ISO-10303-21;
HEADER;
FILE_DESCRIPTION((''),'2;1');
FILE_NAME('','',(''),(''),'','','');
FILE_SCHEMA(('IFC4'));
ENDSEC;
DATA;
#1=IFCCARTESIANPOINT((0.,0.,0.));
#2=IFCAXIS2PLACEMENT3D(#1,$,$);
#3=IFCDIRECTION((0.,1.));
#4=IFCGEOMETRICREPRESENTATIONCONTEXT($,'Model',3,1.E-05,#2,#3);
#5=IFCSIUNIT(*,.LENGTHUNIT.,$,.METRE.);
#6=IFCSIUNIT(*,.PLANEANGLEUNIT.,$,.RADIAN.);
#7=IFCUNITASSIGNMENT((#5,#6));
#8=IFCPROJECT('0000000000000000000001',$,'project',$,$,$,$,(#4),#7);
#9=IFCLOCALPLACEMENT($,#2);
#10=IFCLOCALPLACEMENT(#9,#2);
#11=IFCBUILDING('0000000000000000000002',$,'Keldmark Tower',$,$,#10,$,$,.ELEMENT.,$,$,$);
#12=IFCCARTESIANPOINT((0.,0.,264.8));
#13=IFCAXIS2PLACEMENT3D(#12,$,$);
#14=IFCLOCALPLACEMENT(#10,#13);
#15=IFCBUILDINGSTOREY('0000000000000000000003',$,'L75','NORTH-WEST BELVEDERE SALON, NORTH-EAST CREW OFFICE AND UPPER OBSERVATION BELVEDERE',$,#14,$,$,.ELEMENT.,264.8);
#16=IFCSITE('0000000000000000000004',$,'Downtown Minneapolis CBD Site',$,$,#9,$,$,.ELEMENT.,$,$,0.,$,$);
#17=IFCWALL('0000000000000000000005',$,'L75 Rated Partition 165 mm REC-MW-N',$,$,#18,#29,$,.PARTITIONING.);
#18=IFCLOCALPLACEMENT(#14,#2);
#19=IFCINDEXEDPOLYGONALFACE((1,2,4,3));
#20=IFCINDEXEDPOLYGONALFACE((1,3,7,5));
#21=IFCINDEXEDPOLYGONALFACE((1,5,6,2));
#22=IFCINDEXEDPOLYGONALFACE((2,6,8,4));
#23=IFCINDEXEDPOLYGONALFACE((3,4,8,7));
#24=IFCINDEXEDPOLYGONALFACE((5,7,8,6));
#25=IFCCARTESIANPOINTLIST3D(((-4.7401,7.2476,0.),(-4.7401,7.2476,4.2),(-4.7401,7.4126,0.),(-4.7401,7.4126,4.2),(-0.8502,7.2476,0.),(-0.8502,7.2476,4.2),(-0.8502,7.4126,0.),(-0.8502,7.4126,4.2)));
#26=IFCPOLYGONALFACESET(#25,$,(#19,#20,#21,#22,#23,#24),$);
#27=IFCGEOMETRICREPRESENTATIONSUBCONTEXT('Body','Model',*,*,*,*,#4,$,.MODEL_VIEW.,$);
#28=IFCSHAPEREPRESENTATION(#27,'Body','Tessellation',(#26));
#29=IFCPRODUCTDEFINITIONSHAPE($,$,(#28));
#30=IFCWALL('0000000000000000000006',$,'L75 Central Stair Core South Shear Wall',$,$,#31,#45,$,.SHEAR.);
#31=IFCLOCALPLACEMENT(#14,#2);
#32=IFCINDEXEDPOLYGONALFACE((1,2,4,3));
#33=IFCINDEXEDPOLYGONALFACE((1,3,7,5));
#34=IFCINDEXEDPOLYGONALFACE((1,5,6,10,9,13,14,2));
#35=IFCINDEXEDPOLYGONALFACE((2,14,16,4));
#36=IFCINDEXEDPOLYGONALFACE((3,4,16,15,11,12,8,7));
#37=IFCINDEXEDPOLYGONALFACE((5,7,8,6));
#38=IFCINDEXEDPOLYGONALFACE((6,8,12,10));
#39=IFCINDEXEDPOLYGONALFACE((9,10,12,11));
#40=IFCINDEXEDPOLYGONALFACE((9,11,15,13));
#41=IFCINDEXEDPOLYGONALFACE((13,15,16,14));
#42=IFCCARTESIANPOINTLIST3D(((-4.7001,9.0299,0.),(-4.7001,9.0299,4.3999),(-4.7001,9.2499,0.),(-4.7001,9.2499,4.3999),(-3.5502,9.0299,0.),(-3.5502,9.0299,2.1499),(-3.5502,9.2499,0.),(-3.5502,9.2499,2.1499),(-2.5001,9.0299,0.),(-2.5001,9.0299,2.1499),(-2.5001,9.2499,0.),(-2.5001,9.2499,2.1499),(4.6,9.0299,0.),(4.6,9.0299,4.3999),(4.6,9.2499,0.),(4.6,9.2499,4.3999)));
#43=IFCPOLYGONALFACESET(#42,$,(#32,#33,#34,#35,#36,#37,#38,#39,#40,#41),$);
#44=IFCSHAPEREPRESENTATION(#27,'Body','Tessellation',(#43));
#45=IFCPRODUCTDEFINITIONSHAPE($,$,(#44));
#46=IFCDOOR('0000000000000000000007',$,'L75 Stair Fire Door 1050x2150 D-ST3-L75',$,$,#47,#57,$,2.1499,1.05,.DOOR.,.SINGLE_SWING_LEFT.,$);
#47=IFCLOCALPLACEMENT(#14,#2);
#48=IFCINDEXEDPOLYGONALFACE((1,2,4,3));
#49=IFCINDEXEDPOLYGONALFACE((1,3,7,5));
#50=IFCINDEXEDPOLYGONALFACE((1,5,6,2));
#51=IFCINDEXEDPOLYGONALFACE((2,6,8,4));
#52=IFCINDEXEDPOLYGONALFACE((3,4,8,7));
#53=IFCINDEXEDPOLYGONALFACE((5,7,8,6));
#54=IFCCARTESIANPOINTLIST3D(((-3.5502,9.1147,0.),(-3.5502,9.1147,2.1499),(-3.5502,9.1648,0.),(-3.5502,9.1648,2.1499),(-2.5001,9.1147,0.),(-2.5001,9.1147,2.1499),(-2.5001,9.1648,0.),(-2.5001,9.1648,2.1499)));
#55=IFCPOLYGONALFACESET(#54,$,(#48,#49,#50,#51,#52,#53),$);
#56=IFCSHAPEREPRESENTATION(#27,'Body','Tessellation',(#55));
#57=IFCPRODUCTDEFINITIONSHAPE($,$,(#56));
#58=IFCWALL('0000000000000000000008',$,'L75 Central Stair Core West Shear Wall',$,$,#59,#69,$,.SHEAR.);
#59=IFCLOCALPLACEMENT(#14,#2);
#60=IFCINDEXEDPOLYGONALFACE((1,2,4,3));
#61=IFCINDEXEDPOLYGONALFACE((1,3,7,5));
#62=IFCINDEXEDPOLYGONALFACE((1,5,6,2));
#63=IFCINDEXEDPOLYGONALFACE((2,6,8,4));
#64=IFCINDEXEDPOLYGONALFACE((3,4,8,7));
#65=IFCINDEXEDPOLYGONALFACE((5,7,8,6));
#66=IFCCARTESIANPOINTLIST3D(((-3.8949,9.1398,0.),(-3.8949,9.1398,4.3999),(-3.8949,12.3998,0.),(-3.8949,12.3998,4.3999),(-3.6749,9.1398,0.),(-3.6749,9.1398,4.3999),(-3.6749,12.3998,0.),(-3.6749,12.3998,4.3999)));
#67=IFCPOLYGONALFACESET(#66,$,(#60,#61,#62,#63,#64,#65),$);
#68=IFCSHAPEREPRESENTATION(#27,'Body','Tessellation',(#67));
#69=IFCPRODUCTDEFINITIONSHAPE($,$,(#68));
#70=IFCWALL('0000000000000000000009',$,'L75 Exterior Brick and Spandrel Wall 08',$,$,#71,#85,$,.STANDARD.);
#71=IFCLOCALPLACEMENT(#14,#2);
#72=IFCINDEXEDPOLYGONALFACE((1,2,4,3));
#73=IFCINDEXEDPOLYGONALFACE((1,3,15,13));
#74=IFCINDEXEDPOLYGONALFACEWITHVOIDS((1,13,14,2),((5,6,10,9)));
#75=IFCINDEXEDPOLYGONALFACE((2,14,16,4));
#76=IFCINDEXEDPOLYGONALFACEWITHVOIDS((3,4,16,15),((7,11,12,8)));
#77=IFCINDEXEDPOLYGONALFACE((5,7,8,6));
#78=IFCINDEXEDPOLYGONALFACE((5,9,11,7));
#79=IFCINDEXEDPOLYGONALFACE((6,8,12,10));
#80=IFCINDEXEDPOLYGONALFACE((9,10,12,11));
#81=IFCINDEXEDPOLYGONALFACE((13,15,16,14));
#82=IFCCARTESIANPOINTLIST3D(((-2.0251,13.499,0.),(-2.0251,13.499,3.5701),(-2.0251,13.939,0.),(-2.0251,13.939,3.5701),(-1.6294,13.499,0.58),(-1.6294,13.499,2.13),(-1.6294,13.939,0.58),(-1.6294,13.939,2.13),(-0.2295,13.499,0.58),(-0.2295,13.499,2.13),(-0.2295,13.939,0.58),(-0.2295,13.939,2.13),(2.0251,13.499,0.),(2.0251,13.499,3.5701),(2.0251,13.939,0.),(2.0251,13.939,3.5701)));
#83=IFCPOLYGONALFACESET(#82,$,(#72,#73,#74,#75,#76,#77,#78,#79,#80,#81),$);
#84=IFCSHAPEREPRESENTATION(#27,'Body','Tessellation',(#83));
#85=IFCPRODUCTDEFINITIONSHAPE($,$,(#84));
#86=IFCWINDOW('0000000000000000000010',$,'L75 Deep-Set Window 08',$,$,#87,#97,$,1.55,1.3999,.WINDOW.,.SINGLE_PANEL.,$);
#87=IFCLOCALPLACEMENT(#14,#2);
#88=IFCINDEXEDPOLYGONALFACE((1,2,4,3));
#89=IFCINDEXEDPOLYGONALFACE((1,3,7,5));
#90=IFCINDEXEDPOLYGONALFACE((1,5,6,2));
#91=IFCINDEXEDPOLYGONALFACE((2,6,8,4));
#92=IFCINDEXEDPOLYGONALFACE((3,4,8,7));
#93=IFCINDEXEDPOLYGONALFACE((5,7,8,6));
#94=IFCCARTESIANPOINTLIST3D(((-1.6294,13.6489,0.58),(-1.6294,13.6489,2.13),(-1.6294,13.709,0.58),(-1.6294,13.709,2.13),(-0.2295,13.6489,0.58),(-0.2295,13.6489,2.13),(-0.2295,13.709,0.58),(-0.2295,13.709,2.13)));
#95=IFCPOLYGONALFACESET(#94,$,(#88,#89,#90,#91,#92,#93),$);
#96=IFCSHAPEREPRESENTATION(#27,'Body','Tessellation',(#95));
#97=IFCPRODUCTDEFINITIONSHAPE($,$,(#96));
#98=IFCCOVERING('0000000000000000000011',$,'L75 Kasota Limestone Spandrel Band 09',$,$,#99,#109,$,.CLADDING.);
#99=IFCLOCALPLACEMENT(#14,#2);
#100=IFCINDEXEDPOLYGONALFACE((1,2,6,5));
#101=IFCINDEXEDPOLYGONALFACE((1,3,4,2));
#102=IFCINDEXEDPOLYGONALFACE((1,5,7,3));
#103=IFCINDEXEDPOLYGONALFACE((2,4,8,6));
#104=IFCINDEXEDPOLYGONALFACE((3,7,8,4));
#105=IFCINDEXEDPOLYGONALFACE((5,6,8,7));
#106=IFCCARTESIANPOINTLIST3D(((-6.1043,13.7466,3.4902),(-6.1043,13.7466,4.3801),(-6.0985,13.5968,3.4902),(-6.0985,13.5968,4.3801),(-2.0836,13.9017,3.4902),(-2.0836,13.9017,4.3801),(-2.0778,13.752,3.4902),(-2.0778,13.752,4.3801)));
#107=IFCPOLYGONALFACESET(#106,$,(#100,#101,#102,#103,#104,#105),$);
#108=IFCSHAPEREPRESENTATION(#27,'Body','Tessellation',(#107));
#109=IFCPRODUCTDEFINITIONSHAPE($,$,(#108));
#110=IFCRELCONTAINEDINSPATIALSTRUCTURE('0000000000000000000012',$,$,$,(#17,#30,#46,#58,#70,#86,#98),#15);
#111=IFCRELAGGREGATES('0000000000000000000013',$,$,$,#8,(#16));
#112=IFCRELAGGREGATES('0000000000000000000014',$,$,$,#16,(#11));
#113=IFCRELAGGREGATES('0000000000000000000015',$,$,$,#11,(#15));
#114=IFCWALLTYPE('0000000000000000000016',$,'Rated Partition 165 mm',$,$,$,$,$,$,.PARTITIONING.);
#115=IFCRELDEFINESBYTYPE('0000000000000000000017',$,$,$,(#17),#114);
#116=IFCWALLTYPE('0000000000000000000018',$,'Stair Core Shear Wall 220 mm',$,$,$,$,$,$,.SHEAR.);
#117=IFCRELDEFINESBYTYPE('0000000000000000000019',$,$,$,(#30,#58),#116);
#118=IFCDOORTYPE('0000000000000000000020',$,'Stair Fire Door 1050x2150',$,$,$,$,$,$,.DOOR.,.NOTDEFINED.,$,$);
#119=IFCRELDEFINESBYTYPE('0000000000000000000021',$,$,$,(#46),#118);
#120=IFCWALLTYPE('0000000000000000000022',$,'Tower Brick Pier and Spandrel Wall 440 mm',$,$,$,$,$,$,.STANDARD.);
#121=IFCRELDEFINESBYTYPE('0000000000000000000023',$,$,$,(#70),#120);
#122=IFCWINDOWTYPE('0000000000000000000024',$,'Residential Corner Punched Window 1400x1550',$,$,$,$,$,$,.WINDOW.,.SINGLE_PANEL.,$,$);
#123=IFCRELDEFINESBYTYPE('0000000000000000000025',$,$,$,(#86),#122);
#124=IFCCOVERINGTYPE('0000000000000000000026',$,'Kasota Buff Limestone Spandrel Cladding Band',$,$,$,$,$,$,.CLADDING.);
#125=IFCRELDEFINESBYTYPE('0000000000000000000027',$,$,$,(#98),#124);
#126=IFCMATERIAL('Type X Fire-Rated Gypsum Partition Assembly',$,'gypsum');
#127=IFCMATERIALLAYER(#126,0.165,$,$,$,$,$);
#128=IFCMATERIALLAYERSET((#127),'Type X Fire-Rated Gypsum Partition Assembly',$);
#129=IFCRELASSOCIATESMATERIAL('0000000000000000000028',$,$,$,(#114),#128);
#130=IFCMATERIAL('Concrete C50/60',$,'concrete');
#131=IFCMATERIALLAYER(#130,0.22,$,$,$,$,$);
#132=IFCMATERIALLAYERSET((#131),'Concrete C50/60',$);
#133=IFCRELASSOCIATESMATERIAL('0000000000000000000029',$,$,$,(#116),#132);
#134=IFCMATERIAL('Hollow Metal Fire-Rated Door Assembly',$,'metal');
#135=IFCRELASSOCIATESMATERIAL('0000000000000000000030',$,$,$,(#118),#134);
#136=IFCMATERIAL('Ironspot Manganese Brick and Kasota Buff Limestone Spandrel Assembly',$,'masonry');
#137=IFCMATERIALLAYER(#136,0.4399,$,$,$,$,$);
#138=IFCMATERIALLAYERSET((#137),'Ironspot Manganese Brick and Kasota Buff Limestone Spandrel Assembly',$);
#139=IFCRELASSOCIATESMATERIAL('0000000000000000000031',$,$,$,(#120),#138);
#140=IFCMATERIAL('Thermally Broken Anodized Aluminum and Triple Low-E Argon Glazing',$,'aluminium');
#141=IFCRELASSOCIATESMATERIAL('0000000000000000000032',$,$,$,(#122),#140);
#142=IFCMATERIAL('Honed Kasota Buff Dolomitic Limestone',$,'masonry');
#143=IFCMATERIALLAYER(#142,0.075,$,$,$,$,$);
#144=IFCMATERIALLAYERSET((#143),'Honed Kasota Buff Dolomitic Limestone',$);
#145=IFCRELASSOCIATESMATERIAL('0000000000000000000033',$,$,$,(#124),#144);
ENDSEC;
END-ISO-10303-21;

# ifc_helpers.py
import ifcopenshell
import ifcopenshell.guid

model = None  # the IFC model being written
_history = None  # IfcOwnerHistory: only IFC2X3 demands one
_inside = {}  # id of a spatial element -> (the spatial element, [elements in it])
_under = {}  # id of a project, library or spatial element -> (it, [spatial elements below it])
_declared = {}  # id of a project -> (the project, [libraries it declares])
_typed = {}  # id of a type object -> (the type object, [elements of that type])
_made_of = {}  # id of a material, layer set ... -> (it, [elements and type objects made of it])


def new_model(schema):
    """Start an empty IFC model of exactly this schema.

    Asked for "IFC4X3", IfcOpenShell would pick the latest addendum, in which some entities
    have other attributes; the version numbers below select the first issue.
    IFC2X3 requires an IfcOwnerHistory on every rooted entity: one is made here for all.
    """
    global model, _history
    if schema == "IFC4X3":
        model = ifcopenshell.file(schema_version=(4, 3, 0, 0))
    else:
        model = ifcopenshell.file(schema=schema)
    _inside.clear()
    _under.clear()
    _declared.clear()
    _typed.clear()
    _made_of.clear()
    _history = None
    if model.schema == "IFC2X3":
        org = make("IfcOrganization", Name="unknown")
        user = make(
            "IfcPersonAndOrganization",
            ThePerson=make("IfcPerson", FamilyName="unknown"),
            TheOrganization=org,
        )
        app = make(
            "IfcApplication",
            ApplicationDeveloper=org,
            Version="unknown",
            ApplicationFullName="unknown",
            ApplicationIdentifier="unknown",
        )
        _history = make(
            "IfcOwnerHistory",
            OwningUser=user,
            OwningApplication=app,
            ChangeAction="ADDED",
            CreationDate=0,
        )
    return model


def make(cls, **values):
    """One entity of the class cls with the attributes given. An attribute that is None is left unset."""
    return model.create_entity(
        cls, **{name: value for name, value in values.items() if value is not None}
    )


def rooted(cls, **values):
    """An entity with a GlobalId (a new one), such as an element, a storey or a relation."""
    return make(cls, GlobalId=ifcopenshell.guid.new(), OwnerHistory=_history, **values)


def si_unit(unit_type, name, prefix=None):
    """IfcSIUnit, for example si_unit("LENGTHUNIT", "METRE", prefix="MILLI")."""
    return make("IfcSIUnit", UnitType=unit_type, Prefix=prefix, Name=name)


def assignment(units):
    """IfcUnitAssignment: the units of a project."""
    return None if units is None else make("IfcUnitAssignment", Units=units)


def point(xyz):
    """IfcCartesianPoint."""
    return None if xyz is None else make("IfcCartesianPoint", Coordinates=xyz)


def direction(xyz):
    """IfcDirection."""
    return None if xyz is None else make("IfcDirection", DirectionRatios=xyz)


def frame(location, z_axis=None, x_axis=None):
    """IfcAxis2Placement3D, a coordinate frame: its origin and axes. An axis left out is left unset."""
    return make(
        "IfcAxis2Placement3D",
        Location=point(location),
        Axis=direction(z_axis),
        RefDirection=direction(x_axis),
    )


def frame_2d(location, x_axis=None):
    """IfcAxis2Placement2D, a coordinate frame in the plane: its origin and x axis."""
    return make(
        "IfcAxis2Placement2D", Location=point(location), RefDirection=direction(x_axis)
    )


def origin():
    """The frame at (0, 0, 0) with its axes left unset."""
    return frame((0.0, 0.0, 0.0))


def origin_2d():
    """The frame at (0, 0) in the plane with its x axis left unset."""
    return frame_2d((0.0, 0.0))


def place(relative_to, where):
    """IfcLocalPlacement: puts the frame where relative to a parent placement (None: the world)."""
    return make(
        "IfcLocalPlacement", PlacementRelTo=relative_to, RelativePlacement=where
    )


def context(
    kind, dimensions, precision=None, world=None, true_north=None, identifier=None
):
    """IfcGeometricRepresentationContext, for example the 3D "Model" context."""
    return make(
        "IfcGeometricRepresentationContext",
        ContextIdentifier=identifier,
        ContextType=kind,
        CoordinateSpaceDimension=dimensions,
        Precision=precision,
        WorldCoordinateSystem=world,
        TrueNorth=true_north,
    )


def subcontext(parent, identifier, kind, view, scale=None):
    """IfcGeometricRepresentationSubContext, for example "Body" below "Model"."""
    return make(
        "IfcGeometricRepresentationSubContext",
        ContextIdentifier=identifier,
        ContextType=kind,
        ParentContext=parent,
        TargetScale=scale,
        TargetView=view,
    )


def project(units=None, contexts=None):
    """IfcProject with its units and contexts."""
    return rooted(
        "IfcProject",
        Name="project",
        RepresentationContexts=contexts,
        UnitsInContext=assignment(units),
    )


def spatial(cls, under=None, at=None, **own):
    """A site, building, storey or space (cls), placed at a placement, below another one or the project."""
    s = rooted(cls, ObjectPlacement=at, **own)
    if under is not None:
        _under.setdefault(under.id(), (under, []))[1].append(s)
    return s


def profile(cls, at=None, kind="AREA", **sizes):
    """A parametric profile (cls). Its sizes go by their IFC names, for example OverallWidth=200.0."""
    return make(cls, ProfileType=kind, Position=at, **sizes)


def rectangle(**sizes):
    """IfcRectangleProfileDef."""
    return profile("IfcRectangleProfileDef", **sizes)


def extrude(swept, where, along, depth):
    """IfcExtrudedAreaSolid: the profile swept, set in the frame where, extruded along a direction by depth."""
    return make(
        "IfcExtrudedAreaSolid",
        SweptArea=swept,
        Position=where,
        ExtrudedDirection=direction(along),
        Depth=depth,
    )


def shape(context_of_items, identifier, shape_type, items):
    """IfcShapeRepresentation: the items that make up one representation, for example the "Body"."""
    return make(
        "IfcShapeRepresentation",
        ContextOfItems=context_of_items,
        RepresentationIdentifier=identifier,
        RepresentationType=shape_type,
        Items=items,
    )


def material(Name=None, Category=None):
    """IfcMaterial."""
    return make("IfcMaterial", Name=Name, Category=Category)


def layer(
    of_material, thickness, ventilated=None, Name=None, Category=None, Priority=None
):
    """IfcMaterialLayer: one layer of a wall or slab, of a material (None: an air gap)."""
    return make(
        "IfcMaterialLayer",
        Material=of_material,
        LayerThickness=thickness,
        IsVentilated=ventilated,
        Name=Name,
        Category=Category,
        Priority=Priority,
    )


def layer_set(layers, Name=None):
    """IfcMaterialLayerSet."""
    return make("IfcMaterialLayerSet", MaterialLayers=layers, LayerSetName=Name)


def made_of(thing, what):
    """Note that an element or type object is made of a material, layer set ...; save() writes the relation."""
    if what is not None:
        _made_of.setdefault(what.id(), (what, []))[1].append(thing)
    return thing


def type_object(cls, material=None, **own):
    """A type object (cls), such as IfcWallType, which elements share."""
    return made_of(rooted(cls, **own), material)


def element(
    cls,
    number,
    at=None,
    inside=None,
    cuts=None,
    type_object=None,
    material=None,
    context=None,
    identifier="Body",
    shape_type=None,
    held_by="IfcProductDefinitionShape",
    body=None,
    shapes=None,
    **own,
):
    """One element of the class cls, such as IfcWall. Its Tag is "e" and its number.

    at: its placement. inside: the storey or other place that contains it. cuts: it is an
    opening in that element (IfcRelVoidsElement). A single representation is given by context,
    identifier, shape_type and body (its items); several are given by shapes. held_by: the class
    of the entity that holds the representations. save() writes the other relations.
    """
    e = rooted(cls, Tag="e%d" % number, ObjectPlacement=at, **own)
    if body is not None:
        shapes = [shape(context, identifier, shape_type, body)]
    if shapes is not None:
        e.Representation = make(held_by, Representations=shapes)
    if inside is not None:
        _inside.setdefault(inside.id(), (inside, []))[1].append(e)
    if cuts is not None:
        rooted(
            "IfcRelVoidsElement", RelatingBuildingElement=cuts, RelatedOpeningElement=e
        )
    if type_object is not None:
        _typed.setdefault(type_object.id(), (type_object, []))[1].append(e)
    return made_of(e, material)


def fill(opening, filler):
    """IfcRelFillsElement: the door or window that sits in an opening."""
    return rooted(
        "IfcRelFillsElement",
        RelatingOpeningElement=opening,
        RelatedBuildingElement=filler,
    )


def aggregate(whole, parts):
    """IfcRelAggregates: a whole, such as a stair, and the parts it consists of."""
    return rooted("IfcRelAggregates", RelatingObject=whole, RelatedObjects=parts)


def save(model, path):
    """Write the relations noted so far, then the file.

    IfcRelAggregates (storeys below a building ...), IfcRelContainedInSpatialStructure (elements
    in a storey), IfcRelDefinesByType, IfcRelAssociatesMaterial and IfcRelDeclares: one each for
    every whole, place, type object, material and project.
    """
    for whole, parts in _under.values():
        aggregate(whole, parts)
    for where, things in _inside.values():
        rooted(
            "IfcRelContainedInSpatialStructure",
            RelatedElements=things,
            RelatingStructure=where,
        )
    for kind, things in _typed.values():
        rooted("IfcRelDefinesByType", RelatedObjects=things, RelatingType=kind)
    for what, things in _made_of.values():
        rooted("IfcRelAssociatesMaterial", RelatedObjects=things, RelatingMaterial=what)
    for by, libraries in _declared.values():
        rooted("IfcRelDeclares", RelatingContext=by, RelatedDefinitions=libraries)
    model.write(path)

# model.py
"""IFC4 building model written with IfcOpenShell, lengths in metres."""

from ifc_helpers import new_model, si_unit, direction, frame, frame_2d, origin, origin_2d, place, context, subcontext, project, spatial, rectangle, extrude, material, layer, layer_set, type_object, element, fill, save


model = new_model("IFC4")

# Units and contexts
model_context = context("Model", 3, precision=1e-05, world=origin(), true_north=direction((0.0, 1.0)))
body_context = subcontext(model_context, "Body", "Model", "MODEL_VIEW")
ifc_project = project(units=[si_unit("LENGTHUNIT", "METRE"), si_unit("PLANEANGLEUNIT", "RADIAN")], contexts=[model_context])

# Site, building, storey
site_placement = place(None, origin())
site = spatial("IfcSite", under=ifc_project, at=site_placement, Name="Downtown Minneapolis CBD Site", CompositionType="ELEMENT", RefElevation=0.0)
building_placement = place(site_placement, origin())
building = spatial("IfcBuilding", under=site, at=building_placement, Name="Keldmark Tower", CompositionType="ELEMENT")
storey_placement = place(building_placement, frame((0.0, 0.0, 264.8)))
storey = spatial("IfcBuildingStorey", under=building, at=storey_placement, Name="L75", Description="NORTH-WEST BELVEDERE SALON, NORTH-EAST CREW OFFICE AND UPPER OBSERVATION BELVEDERE", CompositionType="ELEMENT", Elevation=264.8)

# Wall
ifc_material_1 = material(Name="Type X Fire-Rated Gypsum Partition Assembly", Category="gypsum")
ifc_layer_1 = layer(ifc_material_1, 0.165)
ifc_layer_set_1 = layer_set([ifc_layer_1], Name="Type X Fire-Rated Gypsum Partition Assembly")
wall_type_1 = type_object("IfcWallType", Name="Rated Partition 165 mm", PredefinedType="PARTITIONING", material=ifc_layer_set_1)
wall_1_placement = place(storey_placement, frame((-4.74, 7.3301, 0.0), z_axis=(0.0, 0.0, 1.0), x_axis=(1.0, 0.0, 0.0)))
element("IfcWall", 1, at=wall_1_placement, inside=storey, type_object=wall_type_1, Name="L75 Rated Partition 165 mm REC-MW-N", PredefinedType="PARTITIONING", context=body_context, shape_type="SweptSolid", body=[
    extrude(rectangle(XDim=3.8899, YDim=0.165, at=frame_2d((1.9448, 0.0))), origin(), (0.0, 0.0, 1.0), 4.2),
])

# Wall, opening, door
ifc_material_2 = material(Name="Concrete C50/60", Category="concrete")
ifc_layer_2 = layer(ifc_material_2, 0.22)
ifc_layer_set_2 = layer_set([ifc_layer_2], Name="Concrete C50/60")
wall_type_2 = type_object("IfcWallType", Name="Stair Core Shear Wall 220 mm", PredefinedType="SHEAR", material=ifc_layer_set_2)
wall_2_placement = place(storey_placement, frame((-4.7, 9.1399, 0.0), z_axis=(0.0, 0.0, 1.0), x_axis=(1.0, 0.0, 0.0)))
wall_2 = element("IfcWall", 2, at=wall_2_placement, inside=storey, type_object=wall_type_2, Name="L75 Central Stair Core South Shear Wall", PredefinedType="SHEAR", context=body_context, shape_type="SweptSolid", body=[
    extrude(rectangle(XDim=9.3, YDim=0.22, at=frame_2d((4.6499, 0.0))), origin(), (0.0, 0.0, 1.0), 4.3999),
])
opening_1_placement = place(wall_2_placement, frame((1.1499, 0.0, 0.0)))
opening_1 = element("IfcOpeningElement", 3, at=opening_1_placement, cuts=wall_2, PredefinedType="OPENING", context=body_context, shape_type="SweptSolid", body=[
    extrude(rectangle(XDim=1.05, YDim=2.1499, at=frame_2d((0.5249, 1.075))), frame((0.0, 0.1199, 0.0), z_axis=(0.0, -1.0, 0.0), x_axis=(1.0, 0.0, 0.0)), (0.0, 0.0, 1.0), 0.24),
])
ifc_material_3 = material(Name="Hollow Metal Fire-Rated Door Assembly", Category="metal")
door_type = type_object("IfcDoorType", Name="Stair Fire Door 1050x2150", OperationType="NOTDEFINED", PredefinedType="DOOR", material=ifc_material_3)
door_placement = place(opening_1_placement, origin())
door = element("IfcDoor", 4, at=door_placement, inside=storey, type_object=door_type, Name="L75 Stair Fire Door 1050x2150 D-ST3-L75", OperationType="SINGLE_SWING_LEFT", OverallHeight=2.1499, OverallWidth=1.05, PredefinedType="DOOR", context=body_context, shape_type="SweptSolid", body=[
    extrude(rectangle(XDim=1.05, YDim=2.1499, at=frame_2d((0.5249, 1.075))), frame((0.0, 0.0249, 0.0), z_axis=(0.0, -1.0, 0.0), x_axis=(1.0, 0.0, 0.0)), (0.0, 0.0, 1.0), 0.05),
])
fill(opening_1, door)

# Wall
wall_3_placement = place(storey_placement, frame((-3.7849, 9.1399, 0.0), z_axis=(0.0, 0.0, 1.0), x_axis=(0.0, 1.0, 0.0)))
element("IfcWall", 5, at=wall_3_placement, inside=storey, type_object=wall_type_2, Name="L75 Central Stair Core West Shear Wall", PredefinedType="SHEAR", context=body_context, shape_type="SweptSolid", body=[
    extrude(rectangle(XDim=3.26, YDim=0.22, at=frame_2d((1.6299, 0.0))), origin(), (0.0, 0.0, 1.0), 4.3999),
])

# Wall, opening, window
ifc_material_4 = material(Name="Ironspot Manganese Brick and Kasota Buff Limestone Spandrel Assembly", Category="masonry")
ifc_layer_3 = layer(ifc_material_4, 0.4399)
ifc_layer_set_3 = layer_set([ifc_layer_3], Name="Ironspot Manganese Brick and Kasota Buff Limestone Spandrel Assembly")
wall_type_3 = type_object("IfcWallType", Name="Tower Brick Pier and Spandrel Wall 440 mm", PredefinedType="STANDARD", material=ifc_layer_set_3)
wall_4_placement = place(storey_placement, frame((-2.0251, 13.719, 0.0), z_axis=(0.0, 0.0, 1.0), x_axis=(1.0, 0.0, 0.0)))
wall_4 = element("IfcWall", 6, at=wall_4_placement, inside=storey, type_object=wall_type_3, Name="L75 Exterior Brick and Spandrel Wall 08", PredefinedType="STANDARD", context=body_context, shape_type="SweptSolid", body=[
    extrude(rectangle(XDim=4.0503, YDim=0.4399, at=frame_2d((2.0251, 0.0))), origin(), (0.0, 0.0, 1.0), 3.5701),
])
opening_2_placement = place(wall_4_placement, frame((0.3958, 0.0, 0.5801)))
opening_2 = element("IfcOpeningElement", 7, at=opening_2_placement, cuts=wall_4, PredefinedType="OPENING", context=body_context, shape_type="SweptSolid", body=[
    extrude(rectangle(XDim=1.3999, YDim=1.55, at=frame_2d((0.7, 0.7749))), frame((0.0, 0.23, 0.0), z_axis=(0.0, -1.0, 0.0), x_axis=(1.0, 0.0, 0.0)), (0.0, 0.0, 1.0), 0.46),
])
ifc_material_5 = material(Name="Thermally Broken Anodized Aluminum and Triple Low-E Argon Glazing", Category="aluminium")
window_type = type_object("IfcWindowType", Name="Residential Corner Punched Window 1400x1550", PartitioningType="SINGLE_PANEL", PredefinedType="WINDOW", material=ifc_material_5)
window_placement = place(opening_2_placement, origin())
window = element("IfcWindow", 8, at=window_placement, inside=storey, type_object=window_type, Name="L75 Deep-Set Window 08", OverallHeight=1.55, OverallWidth=1.3999, PartitioningType="SINGLE_PANEL", PredefinedType="WINDOW", context=body_context, shape_type="SweptSolid", body=[
    extrude(rectangle(XDim=1.3999, YDim=1.55, at=frame_2d((0.7, 0.7749))), frame((0.0, -0.01, 0.0), z_axis=(0.0, -1.0, 0.0), x_axis=(1.0, 0.0, 0.0)), (0.0, 0.0, 1.0), 0.0601),
])
fill(opening_2, window)

# Covering
ifc_material_6 = material(Name="Honed Kasota Buff Dolomitic Limestone", Category="masonry")
ifc_layer_4 = layer(ifc_material_6, 0.075)
ifc_layer_set_4 = layer_set([ifc_layer_4], Name="Honed Kasota Buff Dolomitic Limestone")
covering_type = type_object("IfcCoveringType", Name="Kasota Buff Limestone Spandrel Cladding Band", PredefinedType="CLADDING", material=ifc_layer_set_4)
covering_placement = place(storey_placement, frame((-4.0911, 13.7493, 3.4902), z_axis=(0.0, 0.0, 1.0), x_axis=(-0.999256, -0.038562, 0.0)))
element("IfcCovering", 9, at=covering_placement, inside=storey, type_object=covering_type, Name="L75 Kasota Limestone Spandrel Band 09", PredefinedType="CLADDING", context=body_context, shape_type="SweptSolid", body=[
    extrude(rectangle(XDim=4.0237, YDim=0.1499, at=origin_2d()), origin(), (0.0, 0.0, 1.0), 0.8899),
])

save(model, "model.ifc")
